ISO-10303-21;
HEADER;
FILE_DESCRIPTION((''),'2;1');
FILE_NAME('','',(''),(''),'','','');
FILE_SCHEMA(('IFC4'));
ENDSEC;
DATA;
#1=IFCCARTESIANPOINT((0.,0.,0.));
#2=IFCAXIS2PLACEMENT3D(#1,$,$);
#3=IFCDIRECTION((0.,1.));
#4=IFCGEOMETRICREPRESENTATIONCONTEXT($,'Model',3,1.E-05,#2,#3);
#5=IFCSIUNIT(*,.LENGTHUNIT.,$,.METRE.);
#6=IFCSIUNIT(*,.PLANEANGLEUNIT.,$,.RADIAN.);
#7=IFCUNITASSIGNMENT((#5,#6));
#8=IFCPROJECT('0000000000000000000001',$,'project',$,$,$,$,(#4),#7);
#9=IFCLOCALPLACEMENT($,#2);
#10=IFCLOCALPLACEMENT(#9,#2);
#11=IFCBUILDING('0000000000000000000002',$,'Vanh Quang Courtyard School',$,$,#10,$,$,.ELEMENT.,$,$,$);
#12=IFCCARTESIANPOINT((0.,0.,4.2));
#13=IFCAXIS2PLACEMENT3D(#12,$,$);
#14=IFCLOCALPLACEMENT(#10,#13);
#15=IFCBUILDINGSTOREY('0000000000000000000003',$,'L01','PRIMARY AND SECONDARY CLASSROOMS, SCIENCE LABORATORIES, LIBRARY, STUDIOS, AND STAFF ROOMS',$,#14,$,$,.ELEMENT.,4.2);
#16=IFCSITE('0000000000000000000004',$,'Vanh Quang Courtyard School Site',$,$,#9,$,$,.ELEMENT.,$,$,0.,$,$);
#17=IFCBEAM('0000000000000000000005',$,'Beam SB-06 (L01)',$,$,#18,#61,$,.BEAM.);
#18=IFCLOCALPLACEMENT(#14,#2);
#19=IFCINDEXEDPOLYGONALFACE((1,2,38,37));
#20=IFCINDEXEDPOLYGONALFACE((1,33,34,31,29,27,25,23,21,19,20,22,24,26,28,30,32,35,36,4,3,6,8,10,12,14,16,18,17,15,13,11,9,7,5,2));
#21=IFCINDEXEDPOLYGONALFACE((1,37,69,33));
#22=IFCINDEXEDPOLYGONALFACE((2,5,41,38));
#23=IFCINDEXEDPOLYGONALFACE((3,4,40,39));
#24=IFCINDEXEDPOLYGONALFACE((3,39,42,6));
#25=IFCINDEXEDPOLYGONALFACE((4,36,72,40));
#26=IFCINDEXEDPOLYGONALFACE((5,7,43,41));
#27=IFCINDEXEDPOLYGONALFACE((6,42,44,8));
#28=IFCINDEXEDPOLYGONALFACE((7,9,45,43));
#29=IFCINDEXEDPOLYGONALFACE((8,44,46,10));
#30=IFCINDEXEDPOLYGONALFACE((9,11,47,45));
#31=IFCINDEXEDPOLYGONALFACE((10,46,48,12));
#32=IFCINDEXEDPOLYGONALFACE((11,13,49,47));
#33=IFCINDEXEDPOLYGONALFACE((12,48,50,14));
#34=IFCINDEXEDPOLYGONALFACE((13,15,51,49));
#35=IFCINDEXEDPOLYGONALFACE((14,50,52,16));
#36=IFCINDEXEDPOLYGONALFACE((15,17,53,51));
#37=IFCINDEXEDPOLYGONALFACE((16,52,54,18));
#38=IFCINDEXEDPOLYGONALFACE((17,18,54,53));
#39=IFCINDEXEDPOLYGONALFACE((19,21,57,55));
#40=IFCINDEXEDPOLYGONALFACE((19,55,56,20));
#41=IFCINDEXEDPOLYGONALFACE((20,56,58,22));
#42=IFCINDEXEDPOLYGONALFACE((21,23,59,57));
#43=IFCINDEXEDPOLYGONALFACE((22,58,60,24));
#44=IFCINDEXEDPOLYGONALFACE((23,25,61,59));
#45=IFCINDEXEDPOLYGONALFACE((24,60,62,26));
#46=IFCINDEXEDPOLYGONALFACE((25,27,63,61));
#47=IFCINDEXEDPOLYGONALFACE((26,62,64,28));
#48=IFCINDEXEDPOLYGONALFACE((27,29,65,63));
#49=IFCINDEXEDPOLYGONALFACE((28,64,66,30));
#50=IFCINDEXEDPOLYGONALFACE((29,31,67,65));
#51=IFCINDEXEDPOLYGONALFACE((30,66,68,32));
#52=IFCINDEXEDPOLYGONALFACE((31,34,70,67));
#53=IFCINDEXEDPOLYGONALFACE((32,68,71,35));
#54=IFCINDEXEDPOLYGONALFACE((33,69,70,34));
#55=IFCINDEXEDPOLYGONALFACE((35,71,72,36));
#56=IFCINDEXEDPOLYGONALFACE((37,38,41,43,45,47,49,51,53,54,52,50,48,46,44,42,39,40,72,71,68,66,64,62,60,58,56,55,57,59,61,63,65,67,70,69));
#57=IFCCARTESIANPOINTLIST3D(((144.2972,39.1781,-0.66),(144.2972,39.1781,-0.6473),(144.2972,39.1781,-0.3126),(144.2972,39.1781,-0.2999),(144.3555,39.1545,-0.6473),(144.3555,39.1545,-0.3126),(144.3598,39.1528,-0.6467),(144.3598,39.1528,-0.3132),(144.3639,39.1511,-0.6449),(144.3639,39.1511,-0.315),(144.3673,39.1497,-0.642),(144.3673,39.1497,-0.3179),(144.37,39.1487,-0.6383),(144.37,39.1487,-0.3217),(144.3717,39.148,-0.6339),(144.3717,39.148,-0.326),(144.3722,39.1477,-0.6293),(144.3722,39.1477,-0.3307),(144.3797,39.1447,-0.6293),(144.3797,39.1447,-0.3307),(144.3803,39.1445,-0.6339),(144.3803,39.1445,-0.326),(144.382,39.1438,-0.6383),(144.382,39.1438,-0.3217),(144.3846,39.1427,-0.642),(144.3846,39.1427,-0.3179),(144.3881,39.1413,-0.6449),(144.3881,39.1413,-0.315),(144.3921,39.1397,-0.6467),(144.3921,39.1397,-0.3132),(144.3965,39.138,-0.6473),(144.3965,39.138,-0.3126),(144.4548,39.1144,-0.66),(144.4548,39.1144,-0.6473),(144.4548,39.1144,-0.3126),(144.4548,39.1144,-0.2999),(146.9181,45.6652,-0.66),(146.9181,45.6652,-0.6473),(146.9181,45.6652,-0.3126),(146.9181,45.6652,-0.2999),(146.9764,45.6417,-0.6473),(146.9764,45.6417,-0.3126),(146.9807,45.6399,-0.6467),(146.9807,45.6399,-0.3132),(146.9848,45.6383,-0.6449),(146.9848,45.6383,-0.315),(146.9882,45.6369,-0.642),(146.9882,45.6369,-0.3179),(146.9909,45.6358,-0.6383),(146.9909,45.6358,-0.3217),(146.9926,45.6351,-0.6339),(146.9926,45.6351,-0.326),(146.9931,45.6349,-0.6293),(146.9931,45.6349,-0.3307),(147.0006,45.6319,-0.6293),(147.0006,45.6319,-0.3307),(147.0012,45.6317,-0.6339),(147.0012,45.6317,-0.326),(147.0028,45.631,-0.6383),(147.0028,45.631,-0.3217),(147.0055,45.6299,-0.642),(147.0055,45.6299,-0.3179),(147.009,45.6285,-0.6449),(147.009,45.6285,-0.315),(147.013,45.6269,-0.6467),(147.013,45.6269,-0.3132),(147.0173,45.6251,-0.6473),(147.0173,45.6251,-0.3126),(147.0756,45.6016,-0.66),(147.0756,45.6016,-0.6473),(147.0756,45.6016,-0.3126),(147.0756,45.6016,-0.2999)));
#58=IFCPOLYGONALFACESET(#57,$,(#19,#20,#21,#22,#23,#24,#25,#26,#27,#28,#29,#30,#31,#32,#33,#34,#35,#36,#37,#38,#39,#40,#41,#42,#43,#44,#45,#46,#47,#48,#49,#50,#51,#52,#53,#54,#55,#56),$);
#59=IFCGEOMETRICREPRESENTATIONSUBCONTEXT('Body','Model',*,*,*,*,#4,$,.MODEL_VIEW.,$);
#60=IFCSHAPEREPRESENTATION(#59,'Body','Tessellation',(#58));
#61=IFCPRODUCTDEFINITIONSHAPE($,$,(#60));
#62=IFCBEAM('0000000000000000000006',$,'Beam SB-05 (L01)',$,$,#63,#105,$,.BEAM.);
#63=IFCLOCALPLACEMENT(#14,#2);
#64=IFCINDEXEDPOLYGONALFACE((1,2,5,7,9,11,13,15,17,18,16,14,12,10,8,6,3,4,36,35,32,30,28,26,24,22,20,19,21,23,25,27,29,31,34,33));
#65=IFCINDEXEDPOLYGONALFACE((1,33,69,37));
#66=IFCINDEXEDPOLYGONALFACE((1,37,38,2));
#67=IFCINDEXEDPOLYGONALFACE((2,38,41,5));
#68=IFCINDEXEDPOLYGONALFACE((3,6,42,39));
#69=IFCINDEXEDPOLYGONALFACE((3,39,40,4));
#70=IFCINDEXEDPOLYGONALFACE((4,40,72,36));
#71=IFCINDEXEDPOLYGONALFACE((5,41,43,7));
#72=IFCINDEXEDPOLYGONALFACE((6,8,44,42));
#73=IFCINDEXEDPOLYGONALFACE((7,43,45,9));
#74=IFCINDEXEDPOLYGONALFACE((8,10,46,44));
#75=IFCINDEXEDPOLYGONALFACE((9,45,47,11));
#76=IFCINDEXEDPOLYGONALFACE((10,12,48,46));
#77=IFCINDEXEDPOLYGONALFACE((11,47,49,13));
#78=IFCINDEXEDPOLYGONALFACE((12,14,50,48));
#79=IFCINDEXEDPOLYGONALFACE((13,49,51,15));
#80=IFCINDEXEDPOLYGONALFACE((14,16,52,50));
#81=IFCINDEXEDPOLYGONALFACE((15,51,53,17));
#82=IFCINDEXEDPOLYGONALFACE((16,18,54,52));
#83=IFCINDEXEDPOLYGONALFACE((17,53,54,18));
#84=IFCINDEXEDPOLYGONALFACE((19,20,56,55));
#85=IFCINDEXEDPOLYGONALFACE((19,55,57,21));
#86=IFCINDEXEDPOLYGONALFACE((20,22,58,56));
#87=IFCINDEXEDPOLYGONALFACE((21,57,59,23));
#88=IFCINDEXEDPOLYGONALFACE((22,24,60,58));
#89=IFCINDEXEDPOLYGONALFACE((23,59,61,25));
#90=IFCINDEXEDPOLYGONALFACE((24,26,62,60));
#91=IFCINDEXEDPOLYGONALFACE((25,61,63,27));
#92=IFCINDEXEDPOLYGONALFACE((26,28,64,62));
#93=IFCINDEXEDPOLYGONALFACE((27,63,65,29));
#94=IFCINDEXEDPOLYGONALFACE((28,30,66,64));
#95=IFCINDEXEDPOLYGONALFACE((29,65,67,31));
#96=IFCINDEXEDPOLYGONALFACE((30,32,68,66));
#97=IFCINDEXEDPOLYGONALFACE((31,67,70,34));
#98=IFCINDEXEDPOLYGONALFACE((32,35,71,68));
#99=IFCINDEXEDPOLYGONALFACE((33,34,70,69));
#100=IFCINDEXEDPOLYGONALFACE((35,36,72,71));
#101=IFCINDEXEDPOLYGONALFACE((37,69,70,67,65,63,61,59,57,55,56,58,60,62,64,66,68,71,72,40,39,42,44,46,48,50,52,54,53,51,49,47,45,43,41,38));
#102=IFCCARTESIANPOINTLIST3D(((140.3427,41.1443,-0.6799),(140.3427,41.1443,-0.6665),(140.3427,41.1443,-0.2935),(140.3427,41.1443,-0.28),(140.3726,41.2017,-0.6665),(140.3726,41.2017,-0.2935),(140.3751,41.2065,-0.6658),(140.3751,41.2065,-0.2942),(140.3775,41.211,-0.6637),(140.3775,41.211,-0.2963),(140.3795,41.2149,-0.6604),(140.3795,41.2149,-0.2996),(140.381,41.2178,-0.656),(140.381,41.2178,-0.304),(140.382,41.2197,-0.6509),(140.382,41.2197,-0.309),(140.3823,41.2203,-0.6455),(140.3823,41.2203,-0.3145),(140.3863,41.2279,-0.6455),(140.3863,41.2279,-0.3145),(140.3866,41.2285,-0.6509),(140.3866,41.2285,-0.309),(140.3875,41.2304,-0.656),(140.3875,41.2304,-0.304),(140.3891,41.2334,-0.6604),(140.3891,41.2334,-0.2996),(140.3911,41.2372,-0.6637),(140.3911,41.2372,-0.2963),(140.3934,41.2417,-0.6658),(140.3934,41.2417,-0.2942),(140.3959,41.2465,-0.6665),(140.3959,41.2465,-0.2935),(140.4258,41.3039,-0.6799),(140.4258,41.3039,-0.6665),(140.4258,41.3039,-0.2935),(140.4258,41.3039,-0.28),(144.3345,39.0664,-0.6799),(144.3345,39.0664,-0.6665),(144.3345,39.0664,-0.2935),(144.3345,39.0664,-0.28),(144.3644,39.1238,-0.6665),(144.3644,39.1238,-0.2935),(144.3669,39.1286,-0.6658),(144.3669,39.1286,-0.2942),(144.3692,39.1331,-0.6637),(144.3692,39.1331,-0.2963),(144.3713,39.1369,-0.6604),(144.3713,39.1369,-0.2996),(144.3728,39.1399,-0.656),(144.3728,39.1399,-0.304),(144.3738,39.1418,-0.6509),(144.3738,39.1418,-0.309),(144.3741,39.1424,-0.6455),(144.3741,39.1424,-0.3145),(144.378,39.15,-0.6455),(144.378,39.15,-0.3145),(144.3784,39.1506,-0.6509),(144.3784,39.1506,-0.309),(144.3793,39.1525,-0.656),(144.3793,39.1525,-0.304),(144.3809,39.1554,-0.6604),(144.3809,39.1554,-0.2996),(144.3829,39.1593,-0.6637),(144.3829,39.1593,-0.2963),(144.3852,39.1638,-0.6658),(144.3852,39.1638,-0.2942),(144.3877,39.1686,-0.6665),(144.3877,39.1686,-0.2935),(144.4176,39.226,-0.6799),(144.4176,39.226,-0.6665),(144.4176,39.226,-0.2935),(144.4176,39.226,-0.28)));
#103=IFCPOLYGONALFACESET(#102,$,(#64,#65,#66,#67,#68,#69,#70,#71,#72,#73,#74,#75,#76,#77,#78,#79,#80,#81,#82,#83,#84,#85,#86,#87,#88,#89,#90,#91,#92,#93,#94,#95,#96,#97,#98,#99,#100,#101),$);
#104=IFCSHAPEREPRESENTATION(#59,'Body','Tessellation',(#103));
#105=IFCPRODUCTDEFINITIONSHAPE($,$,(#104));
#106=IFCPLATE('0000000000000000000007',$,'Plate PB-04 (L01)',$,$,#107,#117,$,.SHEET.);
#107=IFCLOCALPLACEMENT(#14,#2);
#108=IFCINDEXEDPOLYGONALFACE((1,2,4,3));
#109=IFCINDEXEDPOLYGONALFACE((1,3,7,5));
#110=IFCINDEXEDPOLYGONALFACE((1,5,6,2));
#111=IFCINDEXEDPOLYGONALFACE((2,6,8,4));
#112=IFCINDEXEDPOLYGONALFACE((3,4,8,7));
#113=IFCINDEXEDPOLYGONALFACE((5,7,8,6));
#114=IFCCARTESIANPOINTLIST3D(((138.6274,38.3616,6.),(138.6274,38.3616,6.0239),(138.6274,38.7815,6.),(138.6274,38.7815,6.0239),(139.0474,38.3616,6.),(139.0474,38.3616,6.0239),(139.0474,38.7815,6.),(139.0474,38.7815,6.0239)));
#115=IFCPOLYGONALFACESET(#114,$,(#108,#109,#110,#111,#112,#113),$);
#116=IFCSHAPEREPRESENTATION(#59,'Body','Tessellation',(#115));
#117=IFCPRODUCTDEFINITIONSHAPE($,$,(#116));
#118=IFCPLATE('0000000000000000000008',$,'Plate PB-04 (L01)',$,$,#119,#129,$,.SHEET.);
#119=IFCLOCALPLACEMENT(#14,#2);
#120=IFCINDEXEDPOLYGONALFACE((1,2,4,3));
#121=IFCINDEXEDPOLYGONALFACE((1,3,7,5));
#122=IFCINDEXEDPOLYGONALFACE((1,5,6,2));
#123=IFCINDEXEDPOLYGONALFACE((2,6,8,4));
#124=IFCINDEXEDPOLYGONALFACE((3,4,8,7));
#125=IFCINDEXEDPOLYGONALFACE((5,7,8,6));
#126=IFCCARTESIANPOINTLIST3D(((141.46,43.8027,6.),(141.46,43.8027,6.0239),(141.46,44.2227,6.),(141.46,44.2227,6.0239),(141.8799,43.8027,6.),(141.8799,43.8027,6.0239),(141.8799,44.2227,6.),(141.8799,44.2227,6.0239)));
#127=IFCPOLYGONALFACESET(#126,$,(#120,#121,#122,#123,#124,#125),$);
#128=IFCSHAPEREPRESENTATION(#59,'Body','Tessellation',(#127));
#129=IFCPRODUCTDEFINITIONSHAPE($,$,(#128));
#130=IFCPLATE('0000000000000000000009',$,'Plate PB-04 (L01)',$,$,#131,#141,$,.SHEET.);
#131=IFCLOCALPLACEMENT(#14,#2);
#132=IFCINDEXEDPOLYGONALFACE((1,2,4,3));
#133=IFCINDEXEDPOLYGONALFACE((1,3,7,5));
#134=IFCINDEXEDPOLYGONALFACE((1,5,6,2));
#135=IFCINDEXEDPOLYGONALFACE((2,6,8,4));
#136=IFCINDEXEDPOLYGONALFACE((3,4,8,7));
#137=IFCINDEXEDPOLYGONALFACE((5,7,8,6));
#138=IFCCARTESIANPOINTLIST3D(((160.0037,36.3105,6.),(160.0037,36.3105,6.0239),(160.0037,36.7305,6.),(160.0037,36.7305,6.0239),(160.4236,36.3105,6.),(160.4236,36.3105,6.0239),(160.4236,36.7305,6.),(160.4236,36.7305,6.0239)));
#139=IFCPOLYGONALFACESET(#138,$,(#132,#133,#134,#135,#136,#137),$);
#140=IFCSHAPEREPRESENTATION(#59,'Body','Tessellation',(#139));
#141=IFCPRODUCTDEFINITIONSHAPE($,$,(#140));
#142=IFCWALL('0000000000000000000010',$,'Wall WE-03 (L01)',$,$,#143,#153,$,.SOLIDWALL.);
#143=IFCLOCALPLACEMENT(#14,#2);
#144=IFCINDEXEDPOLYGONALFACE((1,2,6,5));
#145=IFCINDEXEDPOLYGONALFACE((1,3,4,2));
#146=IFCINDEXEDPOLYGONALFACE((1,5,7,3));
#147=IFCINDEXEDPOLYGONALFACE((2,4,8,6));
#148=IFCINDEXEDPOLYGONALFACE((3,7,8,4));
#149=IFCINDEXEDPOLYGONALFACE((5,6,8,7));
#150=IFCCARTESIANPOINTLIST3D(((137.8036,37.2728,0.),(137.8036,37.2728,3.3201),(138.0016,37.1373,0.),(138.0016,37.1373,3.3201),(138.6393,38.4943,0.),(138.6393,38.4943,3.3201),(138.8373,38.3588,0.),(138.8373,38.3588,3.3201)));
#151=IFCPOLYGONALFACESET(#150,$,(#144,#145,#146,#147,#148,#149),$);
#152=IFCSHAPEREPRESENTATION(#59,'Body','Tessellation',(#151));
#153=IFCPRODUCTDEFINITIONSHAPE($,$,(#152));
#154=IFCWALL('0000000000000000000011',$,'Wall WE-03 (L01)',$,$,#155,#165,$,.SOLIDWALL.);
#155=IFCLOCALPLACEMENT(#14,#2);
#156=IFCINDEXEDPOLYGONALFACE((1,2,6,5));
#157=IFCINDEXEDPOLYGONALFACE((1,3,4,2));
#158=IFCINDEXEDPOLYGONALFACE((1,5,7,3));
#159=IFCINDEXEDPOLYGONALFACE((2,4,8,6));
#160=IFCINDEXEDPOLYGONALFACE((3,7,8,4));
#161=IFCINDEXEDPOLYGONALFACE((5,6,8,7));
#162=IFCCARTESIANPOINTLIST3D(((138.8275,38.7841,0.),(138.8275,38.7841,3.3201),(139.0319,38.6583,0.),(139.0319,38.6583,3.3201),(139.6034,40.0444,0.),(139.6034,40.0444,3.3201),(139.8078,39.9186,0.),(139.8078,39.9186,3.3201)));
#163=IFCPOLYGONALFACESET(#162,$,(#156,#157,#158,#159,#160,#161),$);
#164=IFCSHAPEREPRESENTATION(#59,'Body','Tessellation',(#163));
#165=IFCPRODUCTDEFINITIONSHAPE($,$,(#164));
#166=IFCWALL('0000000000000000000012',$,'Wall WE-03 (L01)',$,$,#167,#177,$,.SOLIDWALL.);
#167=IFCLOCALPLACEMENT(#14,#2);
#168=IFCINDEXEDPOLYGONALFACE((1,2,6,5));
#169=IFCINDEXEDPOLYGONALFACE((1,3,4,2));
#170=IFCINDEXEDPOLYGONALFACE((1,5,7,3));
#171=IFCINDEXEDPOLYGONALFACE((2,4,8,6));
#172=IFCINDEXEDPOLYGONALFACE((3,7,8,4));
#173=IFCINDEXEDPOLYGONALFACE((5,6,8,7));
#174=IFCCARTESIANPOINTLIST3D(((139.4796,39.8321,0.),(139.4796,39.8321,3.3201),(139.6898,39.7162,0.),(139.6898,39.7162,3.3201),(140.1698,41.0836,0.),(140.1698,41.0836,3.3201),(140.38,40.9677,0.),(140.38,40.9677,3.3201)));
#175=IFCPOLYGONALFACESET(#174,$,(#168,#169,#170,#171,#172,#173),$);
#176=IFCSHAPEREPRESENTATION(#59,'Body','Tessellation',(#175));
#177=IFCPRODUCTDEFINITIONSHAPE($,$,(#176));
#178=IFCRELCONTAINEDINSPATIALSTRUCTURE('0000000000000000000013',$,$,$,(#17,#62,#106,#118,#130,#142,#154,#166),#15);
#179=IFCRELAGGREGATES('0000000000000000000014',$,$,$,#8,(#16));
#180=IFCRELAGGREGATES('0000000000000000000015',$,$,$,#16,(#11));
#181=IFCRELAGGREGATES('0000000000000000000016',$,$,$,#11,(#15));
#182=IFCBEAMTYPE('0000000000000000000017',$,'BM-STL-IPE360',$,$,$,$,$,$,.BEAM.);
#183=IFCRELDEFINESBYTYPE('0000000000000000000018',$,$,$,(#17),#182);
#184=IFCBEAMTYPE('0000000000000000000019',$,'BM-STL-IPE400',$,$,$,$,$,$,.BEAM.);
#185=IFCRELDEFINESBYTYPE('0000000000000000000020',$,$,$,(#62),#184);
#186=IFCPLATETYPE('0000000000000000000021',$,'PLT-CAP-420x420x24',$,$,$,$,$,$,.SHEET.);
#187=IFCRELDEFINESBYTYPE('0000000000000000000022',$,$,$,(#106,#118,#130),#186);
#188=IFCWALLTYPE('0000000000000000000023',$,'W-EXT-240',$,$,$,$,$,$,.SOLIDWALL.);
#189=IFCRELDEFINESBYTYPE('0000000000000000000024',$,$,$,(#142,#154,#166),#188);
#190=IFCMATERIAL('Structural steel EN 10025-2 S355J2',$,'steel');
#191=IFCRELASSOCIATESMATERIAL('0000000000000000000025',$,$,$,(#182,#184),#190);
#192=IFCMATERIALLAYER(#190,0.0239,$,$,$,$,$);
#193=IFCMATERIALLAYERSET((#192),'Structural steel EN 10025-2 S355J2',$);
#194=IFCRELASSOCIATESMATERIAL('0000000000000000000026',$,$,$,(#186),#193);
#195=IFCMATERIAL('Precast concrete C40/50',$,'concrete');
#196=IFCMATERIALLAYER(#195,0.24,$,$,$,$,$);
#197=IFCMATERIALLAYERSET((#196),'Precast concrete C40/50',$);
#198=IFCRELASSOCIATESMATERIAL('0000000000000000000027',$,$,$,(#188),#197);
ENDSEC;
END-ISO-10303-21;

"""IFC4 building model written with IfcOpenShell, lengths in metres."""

from ifc_helpers import new_model, si_unit, direction, frame, frame_2d, origin, origin_2d, place, context, subcontext, project, spatial, rectangle, i_section, extrude, material, layer, layer_set, material_profile, profile_set, type_object, element, save


model = new_model("IFC4")

# Units and contexts
model_context = context("Model", 3, precision=1e-05, world=origin(), true_north=direction((0.0, 1.0)))
body_context = subcontext(model_context, "Body", "Model", "MODEL_VIEW")
ifc_project = project(units=[si_unit("LENGTHUNIT", "METRE"), si_unit("PLANEANGLEUNIT", "RADIAN")], contexts=[model_context])

# Site, building, storey
site_placement = place(None, origin())
site = spatial("IfcSite", under=ifc_project, at=site_placement, Name="Vanh Quang Courtyard School Site", CompositionType="ELEMENT", RefElevation=0.0)
building_placement = place(site_placement, origin())
building = spatial("IfcBuilding", under=site, at=building_placement, Name="Vanh Quang Courtyard School", CompositionType="ELEMENT")
storey_placement = place(building_placement, frame((0.0, 0.0, 4.2)))
storey = spatial("IfcBuildingStorey", under=building, at=storey_placement, Name="L01", Description="PRIMARY AND SECONDARY CLASSROOMS, SCIENCE LABORATORIES, LIBRARY, STUDIOS, AND STAFF ROOMS", CompositionType="ELEMENT", Elevation=4.2)

# Shared definitions
ifc_material_1 = material(Name="Structural steel EN 10025-2 S355J2", Category="steel")

# Beams
ifc_material_profile_1 = material_profile(ifc_material_1, i_section(OverallWidth=0.1699, OverallDepth=0.3601, WebThickness=0.0081, FlangeThickness=0.0127, FilletRadius=0.0181, at=origin_2d()), Name="IPE 360")
ifc_profile_set_1 = profile_set([ifc_material_profile_1], Name="Structural steel EN 10025-2 S355J2")
beam_type_1 = type_object("IfcBeamType", Name="BM-STL-IPE360", PredefinedType="BEAM", material=ifc_profile_set_1)
beam_1_placement = place(storey_placement, frame((144.376, 39.1462, -0.48), z_axis=(0.374595, 0.927188, 0.0), x_axis=(-0.927188, 0.374595, 0.0)))
element("IfcBeam", 1, at=beam_1_placement, inside=storey, type_object=beam_type_1, Name="Beam SB-06 (L01)", PredefinedType="BEAM", context=body_context, shape_type="SweptSolid", body=[
    extrude(i_section(OverallWidth=0.1699, OverallDepth=0.3601, WebThickness=0.0081, FlangeThickness=0.0127, FilletRadius=0.0181, at=origin_2d()), origin(), (0.0, 0.0, 1.0), 6.9966),
])
ifc_material_profile_2 = material_profile(ifc_material_1, i_section(OverallWidth=0.1799, OverallDepth=0.3999, WebThickness=0.0085, FlangeThickness=0.0134, FilletRadius=0.021, at=origin_2d()), Name="IPE 400")
ifc_profile_set_2 = profile_set([ifc_material_profile_2], Name="Structural steel EN 10025-2 S355J2")
beam_type_2 = type_object("IfcBeamType", Name="BM-STL-IPE400", PredefinedType="BEAM", material=ifc_profile_set_2)
beam_2_placement = place(storey_placement, frame((140.3843, 41.2241, -0.48), z_axis=(0.887017, -0.461737, 0.0), x_axis=(0.461737, 0.887017, 0.0)))
element("IfcBeam", 2, at=beam_2_placement, inside=storey, type_object=beam_type_2, Name="Beam SB-05 (L01)", PredefinedType="BEAM", context=body_context, shape_type="SweptSolid", body=[
    extrude(i_section(OverallWidth=0.1799, OverallDepth=0.3999, WebThickness=0.0085, FlangeThickness=0.0134, FilletRadius=0.021, at=origin_2d()), origin(), (0.0, 0.0, 1.0), 4.5002),
])

# Plates
ifc_layer_1 = layer(ifc_material_1, 0.0239)
ifc_layer_set_1 = layer_set([ifc_layer_1], Name="Structural steel EN 10025-2 S355J2")
plate_type = type_object("IfcPlateType", Name="PLT-CAP-420x420x24", PredefinedType="SHEET", material=ifc_layer_set_1)
for number, where, z_axis, x_axis, name in (
    (3, (138.8374, 38.5715, 6.0), (0.0, 0.0, 1.0), (1.0, 0.0, 0.0), "Plate PB-04 (L01)"),
    (4, (141.6699, 44.0127, 6.0), (0.0, 0.0, 1.0), (1.0, 0.0, 0.0), "Plate PB-04 (L01)"),
    (5, (160.2136, 36.5205, 6.0), (0.0, 0.0, 1.0), (1.0, 0.0, 0.0), "Plate PB-04 (L01)"),
):
    element("IfcPlate", number, at=place(storey_placement, frame(where, z_axis=z_axis, x_axis=x_axis)), inside=storey, type_object=plate_type, Name=name, PredefinedType="SHEET", context=body_context, shape_type="SweptSolid", body=[
        extrude(rectangle(XDim=0.4199, YDim=0.4199, at=origin_2d()), origin(), (0.0, 0.0, 1.0), 0.0239),
    ])

# Walls
ifc_material_2 = material(Name="Precast concrete C40/50", Category="concrete")
ifc_layer_2 = layer(ifc_material_2, 0.24)
ifc_layer_set_2 = layer_set([ifc_layer_2], Name="Precast concrete C40/50")
wall_type_1 = type_object("IfcWallType", Name="W-EXT-240", PredefinedType="SOLIDWALL", material=ifc_layer_set_2)
for number, where, z_axis, x_axis, name in (
    (6, (137.9026, 37.2051, 0.0), (0.0, 0.0, 1.0), (0.564672, 0.825315, 0.0), "Wall WE-03 (L01)"),
    (7, (138.9297, 38.7212, 0.0), (0.0, 0.0, 1.0), (0.524263, 0.851556, 0.0), "Wall WE-03 (L01)"),
):
    element("IfcWall", number, at=place(storey_placement, frame(where, z_axis=z_axis, x_axis=x_axis)), inside=storey, type_object=wall_type_1, Name=name, PredefinedType="SOLIDWALL", context=body_context, shape_type="SweptSolid", body=[
        extrude(rectangle(XDim=1.48, YDim=0.24, at=frame_2d((0.74, 0.0))), origin(), (0.0, 0.0, 1.0), 3.3201),
    ])
wall_1_placement = place(storey_placement, frame((139.5847, 39.7742, 0.0), z_axis=(0.0, 0.0, 1.0), x_axis=(0.482928, 0.87566, 0.0)))
element("IfcWall", 8, at=wall_1_placement, inside=storey, type_object=wall_type_1, Name="Wall WE-03 (L01)", PredefinedType="SOLIDWALL", context=body_context, shape_type="SweptSolid", body=[
    extrude(rectangle(XDim=1.4292, YDim=0.24, at=frame_2d((0.7146, 0.0))), origin(), (0.0, 0.0, 1.0), 3.3201),
])

save(model, "model.ifc")
